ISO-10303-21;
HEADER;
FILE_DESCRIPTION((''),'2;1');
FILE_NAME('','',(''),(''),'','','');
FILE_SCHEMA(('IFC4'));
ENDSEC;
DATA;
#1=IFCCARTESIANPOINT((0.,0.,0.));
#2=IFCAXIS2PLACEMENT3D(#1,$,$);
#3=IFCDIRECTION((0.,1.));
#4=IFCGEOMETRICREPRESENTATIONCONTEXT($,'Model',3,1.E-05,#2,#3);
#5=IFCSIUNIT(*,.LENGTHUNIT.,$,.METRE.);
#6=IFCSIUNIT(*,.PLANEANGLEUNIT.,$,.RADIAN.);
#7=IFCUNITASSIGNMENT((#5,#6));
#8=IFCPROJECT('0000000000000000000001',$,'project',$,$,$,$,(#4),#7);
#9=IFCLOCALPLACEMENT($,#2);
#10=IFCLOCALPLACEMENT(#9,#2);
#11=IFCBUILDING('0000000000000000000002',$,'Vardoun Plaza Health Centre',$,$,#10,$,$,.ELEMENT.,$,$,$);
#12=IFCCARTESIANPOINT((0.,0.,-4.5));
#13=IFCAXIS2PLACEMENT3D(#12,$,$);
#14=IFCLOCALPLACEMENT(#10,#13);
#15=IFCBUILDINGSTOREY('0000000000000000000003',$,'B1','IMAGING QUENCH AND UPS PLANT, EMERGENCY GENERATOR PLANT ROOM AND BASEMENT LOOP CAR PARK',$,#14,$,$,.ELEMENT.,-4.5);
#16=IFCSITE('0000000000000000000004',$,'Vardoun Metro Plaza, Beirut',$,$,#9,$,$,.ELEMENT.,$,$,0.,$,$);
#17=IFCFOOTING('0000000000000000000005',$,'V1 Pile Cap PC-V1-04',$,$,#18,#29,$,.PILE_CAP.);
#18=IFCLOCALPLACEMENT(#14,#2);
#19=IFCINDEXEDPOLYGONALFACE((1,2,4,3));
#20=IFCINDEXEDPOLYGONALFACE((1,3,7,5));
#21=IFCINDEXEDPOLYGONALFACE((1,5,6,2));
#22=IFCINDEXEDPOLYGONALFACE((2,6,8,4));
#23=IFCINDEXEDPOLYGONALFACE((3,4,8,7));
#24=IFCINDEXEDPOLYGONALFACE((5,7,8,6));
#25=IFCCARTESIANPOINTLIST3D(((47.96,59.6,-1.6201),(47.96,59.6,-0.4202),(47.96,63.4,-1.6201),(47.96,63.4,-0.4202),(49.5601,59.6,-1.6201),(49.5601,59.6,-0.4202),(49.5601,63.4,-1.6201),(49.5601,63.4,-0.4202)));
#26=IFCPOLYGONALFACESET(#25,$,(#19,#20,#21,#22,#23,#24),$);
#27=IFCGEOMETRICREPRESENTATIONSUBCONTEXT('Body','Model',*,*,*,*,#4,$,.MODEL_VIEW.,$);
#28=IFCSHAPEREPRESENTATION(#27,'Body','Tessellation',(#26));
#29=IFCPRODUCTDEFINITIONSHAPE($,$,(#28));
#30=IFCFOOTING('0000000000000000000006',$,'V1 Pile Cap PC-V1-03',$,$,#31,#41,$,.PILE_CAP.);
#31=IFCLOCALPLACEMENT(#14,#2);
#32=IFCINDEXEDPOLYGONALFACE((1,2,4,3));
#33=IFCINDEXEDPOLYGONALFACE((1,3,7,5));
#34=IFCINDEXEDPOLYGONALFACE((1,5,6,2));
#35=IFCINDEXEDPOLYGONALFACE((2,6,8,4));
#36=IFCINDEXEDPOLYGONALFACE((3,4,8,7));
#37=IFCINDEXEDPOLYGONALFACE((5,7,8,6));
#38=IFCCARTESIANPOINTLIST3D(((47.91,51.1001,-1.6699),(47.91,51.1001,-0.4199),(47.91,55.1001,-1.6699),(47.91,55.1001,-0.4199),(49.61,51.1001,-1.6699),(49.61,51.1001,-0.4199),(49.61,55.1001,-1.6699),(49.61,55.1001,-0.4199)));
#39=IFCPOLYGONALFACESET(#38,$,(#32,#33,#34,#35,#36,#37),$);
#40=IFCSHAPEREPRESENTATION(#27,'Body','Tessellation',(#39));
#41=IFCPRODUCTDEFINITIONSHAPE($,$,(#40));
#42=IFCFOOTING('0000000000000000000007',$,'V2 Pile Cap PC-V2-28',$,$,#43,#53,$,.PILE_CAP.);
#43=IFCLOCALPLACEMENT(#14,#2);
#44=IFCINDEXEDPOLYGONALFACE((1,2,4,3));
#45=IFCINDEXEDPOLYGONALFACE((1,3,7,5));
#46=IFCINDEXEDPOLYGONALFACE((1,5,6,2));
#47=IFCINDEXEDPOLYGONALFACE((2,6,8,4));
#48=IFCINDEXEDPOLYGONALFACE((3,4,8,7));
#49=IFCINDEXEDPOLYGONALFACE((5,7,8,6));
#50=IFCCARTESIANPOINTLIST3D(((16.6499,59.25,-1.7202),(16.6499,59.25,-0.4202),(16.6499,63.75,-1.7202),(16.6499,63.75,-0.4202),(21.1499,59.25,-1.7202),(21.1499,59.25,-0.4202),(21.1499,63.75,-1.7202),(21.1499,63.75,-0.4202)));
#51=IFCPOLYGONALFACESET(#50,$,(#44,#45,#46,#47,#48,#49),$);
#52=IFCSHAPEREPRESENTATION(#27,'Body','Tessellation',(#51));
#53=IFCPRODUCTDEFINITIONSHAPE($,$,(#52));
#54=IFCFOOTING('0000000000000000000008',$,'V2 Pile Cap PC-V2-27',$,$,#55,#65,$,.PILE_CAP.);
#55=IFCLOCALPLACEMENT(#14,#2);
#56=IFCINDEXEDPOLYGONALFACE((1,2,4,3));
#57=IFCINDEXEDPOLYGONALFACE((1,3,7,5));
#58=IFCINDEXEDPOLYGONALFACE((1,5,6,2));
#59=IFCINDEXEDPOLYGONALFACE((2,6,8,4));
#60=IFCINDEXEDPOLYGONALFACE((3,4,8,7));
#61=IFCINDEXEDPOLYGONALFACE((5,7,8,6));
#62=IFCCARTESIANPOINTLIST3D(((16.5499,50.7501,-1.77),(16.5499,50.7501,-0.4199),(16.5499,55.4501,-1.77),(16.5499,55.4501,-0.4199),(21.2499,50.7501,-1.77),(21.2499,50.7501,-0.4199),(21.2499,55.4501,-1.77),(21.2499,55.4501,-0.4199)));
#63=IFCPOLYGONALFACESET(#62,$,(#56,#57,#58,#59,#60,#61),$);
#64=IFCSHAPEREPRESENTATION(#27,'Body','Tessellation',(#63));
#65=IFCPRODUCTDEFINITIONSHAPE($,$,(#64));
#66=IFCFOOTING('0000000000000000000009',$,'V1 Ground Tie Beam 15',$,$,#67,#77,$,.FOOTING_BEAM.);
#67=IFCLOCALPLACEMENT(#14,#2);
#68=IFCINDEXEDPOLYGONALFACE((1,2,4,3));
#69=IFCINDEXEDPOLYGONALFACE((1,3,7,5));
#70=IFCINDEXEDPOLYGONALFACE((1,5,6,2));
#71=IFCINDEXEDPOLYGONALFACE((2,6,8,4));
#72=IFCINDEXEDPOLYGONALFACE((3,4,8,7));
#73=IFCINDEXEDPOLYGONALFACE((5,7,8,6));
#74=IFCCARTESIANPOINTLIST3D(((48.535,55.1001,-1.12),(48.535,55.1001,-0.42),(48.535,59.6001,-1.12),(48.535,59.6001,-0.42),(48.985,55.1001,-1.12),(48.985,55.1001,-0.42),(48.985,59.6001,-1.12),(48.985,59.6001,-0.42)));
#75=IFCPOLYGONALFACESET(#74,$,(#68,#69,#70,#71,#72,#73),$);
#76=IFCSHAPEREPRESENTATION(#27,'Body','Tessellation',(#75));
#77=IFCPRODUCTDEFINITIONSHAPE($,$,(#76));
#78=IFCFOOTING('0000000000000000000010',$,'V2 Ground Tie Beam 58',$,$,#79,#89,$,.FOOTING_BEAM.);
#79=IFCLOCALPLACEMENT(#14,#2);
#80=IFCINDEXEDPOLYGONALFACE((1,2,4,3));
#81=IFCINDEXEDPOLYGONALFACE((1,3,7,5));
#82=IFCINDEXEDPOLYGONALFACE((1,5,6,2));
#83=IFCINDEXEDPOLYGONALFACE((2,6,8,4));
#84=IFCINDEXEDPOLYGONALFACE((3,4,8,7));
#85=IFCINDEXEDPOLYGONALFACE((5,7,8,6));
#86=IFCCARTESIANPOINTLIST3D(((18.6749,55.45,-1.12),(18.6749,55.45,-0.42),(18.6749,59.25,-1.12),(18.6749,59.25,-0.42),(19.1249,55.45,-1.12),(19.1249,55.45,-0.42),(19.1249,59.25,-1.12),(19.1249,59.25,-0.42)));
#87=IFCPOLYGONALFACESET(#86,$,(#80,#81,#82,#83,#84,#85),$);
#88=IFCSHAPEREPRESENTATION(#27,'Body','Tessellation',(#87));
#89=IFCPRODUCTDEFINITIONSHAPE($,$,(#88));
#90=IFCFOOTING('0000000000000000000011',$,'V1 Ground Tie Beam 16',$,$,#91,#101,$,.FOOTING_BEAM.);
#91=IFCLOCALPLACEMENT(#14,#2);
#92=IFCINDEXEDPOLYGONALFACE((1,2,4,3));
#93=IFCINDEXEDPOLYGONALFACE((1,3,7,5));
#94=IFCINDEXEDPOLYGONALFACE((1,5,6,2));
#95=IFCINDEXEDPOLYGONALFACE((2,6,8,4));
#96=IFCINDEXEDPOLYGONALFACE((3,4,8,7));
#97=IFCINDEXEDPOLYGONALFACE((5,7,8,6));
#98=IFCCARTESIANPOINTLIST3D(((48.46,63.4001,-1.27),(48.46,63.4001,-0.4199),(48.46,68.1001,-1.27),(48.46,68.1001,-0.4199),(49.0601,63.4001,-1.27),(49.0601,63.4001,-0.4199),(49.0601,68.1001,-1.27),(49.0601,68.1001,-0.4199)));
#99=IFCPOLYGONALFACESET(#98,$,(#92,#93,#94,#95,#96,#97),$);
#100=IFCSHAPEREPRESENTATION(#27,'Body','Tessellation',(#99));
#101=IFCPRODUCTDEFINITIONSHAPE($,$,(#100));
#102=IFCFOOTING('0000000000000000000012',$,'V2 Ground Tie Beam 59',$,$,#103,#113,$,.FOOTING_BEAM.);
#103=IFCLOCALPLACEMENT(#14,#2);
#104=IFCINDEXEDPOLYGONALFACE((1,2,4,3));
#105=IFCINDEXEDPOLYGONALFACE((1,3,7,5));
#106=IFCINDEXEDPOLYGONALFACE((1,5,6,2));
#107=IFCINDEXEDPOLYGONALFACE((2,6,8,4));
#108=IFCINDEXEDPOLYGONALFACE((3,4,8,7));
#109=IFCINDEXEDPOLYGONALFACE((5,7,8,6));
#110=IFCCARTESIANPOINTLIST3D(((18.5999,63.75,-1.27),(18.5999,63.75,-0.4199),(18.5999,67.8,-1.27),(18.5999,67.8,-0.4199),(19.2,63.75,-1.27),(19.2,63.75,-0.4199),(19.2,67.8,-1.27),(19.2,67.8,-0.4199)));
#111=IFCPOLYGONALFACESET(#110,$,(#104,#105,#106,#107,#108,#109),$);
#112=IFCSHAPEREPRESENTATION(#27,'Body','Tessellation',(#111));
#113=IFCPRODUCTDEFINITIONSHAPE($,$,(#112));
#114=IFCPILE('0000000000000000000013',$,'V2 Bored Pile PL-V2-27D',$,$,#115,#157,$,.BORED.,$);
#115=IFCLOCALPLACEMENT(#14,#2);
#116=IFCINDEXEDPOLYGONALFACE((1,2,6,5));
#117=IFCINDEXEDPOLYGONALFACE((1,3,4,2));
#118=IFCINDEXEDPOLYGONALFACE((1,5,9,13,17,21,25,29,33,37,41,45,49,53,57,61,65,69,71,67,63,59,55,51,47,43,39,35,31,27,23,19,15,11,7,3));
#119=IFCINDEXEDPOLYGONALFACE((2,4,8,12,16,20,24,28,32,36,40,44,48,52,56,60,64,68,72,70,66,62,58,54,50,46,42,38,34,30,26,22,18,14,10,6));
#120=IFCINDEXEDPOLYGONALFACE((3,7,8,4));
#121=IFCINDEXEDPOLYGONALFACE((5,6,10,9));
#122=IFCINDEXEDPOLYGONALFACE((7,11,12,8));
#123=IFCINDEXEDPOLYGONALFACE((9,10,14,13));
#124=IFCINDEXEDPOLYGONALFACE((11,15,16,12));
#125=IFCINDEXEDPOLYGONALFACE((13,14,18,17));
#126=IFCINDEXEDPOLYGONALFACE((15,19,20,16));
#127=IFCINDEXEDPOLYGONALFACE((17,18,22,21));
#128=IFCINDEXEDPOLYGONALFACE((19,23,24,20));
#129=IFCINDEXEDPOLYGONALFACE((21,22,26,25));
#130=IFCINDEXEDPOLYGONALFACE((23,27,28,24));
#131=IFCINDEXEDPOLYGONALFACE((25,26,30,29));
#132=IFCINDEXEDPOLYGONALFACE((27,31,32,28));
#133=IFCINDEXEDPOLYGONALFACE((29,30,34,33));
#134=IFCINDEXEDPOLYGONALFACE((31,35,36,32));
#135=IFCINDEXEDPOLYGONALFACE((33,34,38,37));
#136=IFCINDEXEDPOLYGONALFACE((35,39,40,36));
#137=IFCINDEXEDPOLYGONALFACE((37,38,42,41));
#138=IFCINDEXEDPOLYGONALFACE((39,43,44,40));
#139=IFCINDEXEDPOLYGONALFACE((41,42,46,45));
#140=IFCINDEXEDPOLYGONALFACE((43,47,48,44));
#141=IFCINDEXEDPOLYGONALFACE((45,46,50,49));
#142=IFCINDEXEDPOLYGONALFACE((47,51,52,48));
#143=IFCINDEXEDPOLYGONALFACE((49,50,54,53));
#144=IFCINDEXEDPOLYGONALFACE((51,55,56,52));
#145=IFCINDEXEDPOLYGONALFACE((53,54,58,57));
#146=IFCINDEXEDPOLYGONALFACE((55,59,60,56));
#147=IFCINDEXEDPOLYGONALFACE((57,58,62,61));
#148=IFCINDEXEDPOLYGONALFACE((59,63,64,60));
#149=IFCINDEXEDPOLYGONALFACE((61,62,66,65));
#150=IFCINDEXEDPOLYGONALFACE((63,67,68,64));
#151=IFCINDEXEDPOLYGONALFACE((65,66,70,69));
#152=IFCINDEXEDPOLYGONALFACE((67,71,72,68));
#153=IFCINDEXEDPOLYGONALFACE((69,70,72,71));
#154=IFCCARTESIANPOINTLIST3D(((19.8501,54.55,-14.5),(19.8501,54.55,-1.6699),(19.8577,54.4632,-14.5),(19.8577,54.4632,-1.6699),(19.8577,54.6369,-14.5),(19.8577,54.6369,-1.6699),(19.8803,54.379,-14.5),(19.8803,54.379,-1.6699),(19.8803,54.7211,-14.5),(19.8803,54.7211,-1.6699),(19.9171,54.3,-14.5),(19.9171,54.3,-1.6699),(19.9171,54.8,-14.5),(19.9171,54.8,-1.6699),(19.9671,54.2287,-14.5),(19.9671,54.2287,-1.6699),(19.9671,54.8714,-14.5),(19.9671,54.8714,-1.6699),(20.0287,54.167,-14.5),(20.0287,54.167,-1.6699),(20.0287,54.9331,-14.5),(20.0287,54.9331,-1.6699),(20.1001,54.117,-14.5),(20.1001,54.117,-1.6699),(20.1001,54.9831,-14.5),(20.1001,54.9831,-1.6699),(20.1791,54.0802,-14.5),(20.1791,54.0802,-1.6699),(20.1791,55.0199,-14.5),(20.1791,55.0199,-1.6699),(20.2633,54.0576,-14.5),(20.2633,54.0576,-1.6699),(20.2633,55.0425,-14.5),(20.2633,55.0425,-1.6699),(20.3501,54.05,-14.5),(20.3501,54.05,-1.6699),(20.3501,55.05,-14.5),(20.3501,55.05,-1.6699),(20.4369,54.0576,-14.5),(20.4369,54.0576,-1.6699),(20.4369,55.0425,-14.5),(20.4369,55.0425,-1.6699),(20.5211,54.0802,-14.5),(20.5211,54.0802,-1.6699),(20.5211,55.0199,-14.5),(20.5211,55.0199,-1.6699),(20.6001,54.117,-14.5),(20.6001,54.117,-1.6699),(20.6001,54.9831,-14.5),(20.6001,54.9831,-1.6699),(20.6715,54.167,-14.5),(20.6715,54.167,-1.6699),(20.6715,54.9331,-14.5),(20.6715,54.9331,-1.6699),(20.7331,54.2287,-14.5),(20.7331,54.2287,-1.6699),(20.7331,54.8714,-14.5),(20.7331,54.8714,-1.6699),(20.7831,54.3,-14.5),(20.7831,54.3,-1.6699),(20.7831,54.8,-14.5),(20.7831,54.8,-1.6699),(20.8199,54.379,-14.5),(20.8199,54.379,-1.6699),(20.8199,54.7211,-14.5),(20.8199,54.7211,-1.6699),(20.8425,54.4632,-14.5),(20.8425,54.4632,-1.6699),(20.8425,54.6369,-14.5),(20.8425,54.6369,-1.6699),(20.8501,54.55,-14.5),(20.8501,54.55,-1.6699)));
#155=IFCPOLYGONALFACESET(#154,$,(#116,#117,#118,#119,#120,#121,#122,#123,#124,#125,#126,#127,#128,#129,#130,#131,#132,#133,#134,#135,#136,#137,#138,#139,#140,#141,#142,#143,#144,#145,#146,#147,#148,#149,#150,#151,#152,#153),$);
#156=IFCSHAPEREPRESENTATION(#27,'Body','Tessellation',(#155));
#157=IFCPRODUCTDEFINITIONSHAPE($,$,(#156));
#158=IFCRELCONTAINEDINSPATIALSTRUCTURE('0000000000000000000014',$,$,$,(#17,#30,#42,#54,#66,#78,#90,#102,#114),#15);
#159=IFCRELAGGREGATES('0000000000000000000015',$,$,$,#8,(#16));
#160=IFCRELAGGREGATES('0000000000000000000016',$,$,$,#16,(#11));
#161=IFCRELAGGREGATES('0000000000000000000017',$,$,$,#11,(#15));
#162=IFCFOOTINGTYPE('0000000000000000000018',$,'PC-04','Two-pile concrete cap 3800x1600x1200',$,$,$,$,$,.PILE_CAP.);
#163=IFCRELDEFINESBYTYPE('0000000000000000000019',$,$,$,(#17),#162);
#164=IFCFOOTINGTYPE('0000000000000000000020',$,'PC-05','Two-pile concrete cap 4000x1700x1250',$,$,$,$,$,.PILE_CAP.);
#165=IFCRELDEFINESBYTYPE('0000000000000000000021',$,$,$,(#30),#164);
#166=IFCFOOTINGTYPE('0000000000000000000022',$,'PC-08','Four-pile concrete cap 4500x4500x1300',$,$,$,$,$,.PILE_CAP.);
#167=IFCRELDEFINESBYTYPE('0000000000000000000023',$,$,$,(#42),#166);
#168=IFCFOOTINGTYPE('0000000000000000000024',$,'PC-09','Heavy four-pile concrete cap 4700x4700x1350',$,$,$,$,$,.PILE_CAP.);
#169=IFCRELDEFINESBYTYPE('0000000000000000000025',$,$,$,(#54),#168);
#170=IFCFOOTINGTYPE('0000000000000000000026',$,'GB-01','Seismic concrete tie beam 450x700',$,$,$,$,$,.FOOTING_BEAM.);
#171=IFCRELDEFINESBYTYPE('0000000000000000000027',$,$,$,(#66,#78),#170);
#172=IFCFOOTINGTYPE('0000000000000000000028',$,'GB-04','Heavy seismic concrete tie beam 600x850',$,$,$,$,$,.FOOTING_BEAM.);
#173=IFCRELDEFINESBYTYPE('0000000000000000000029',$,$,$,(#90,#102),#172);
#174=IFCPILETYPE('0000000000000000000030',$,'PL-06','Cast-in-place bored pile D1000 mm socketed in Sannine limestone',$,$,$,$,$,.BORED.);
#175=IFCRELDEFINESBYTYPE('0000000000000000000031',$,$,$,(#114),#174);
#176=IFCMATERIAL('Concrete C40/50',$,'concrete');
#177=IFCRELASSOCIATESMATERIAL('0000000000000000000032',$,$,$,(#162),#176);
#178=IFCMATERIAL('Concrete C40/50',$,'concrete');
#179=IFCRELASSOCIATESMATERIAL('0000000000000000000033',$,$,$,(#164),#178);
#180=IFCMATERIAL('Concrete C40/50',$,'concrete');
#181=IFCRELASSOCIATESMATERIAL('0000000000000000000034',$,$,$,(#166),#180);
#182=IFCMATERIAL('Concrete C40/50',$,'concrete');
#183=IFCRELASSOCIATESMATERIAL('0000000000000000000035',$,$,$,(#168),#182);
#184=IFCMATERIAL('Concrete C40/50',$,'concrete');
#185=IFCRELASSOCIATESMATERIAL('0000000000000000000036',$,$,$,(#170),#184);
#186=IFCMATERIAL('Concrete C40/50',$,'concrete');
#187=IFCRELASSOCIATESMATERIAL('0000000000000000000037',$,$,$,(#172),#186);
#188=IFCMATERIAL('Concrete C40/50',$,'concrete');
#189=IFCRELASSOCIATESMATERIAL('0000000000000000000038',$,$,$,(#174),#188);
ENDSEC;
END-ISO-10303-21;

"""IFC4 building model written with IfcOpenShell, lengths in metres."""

from ifc_helpers import new_model, si_unit, direction, frame, origin, origin_2d, place, context, subcontext, project, spatial, rectangle, circle, extrude, material, material_profile, profile_set, type_object, element, save


model = new_model("IFC4")

# Units and contexts
model_context = context("Model", 3, precision=1e-05, world=origin(), true_north=direction((0.0, 1.0)))
body_context = subcontext(model_context, "Body", "Model", "MODEL_VIEW")
ifc_project = project(units=[si_unit("LENGTHUNIT", "METRE"), si_unit("PLANEANGLEUNIT", "RADIAN")], contexts=[model_context])

# Site, building, storey
site_placement = place(None, origin())
site = spatial("IfcSite", under=ifc_project, at=site_placement, Name="Vardoun Metro Plaza, Beirut", CompositionType="ELEMENT", RefElevation=0.0)
building_placement = place(site_placement, origin())
building = spatial("IfcBuilding", under=site, at=building_placement, Name="Vardoun Plaza Health Centre", CompositionType="ELEMENT")
storey_placement = place(building_placement, frame((0.0, 0.0, -4.5)))
storey = spatial("IfcBuildingStorey", under=building, at=storey_placement, Name="B1", Description="IMAGING QUENCH AND UPS PLANT, EMERGENCY GENERATOR PLANT ROOM AND BASEMENT LOOP CAR PARK", CompositionType="ELEMENT", Elevation=-4.5)

# Footings
ifc_material_1 = material(Name="Concrete C40/50", Category="concrete")
footing_type_1 = type_object("IfcFootingType", Name="PC-04", Description="Two-pile concrete cap 3800x1600x1200", PredefinedType="PILE_CAP", material=ifc_material_1)
footing_1_placement = place(storey_placement, frame((48.76, 61.5, -1.6201), z_axis=(0.0, 0.0, 1.0), x_axis=(0.0, 1.0, 0.0)))
element("IfcFooting", 1, at=footing_1_placement, inside=storey, type_object=footing_type_1, Name="V1 Pile Cap PC-V1-04", PredefinedType="PILE_CAP", context=body_context, shape_type="SweptSolid", body=[
    extrude(rectangle(XDim=3.8, YDim=1.6001, at=origin_2d()), origin(), (0.0, 0.0, 1.0), 1.2),
])
ifc_material_2 = material(Name="Concrete C40/50", Category="concrete")
footing_type_2 = type_object("IfcFootingType", Name="PC-05", Description="Two-pile concrete cap 4000x1700x1250", PredefinedType="PILE_CAP", material=ifc_material_2)
footing_2_placement = place(storey_placement, frame((48.76, 53.1001, -1.6699), z_axis=(0.0, 0.0, 1.0), x_axis=(0.0, 1.0, 0.0)))
element("IfcFooting", 2, at=footing_2_placement, inside=storey, type_object=footing_type_2, Name="V1 Pile Cap PC-V1-03", PredefinedType="PILE_CAP", context=body_context, shape_type="SweptSolid", body=[
    extrude(rectangle(XDim=4.0, YDim=1.7, at=origin_2d()), origin(), (0.0, 0.0, 1.0), 1.25),
])
ifc_material_3 = material(Name="Concrete C40/50", Category="concrete")
footing_type_3 = type_object("IfcFootingType", Name="PC-08", Description="Four-pile concrete cap 4500x4500x1300", PredefinedType="PILE_CAP", material=ifc_material_3)
footing_3_placement = place(storey_placement, frame((18.8999, 61.5, -1.7202), z_axis=(0.0, 0.0, 1.0), x_axis=(1.0, 0.0, 0.0)))
element("IfcFooting", 3, at=footing_3_placement, inside=storey, type_object=footing_type_3, Name="V2 Pile Cap PC-V2-28", PredefinedType="PILE_CAP", context=body_context, shape_type="SweptSolid", body=[
    extrude(rectangle(XDim=4.5, YDim=4.5, at=origin_2d()), origin(), (0.0, 0.0, 1.0), 1.3),
])
ifc_material_4 = material(Name="Concrete C40/50", Category="concrete")
footing_type_4 = type_object("IfcFootingType", Name="PC-09", Description="Heavy four-pile concrete cap 4700x4700x1350", PredefinedType="PILE_CAP", material=ifc_material_4)
footing_4_placement = place(storey_placement, frame((18.8999, 53.1001, -1.77), z_axis=(0.0, 0.0, 1.0), x_axis=(1.0, 0.0, 0.0)))
element("IfcFooting", 4, at=footing_4_placement, inside=storey, type_object=footing_type_4, Name="V2 Pile Cap PC-V2-27", PredefinedType="PILE_CAP", context=body_context, shape_type="SweptSolid", body=[
    extrude(rectangle(XDim=4.7, YDim=4.7, at=origin_2d()), origin(), (0.0, 0.0, 1.0), 1.3501),
])
ifc_material_5 = material(Name="Concrete C40/50", Category="concrete")
ifc_material_profile_1 = material_profile(ifc_material_5, rectangle(XDim=0.45, YDim=0.7, at=origin_2d()), Name="GB 450x700")
ifc_profile_set_1 = profile_set([ifc_material_profile_1], Name="Concrete C40/50")
footing_type_5 = type_object("IfcFootingType", Name="GB-01", Description="Seismic concrete tie beam 450x700", PredefinedType="FOOTING_BEAM", material=ifc_profile_set_1)
footing_5_placement = place(storey_placement, frame((48.76, 55.1001, -0.77), z_axis=(0.0, 1.0, 0.0), x_axis=(-1.0, 0.0, 0.0)))
element("IfcFooting", 5, at=footing_5_placement, inside=storey, type_object=footing_type_5, Name="V1 Ground Tie Beam 15", PredefinedType="FOOTING_BEAM", context=body_context, shape_type="SweptSolid", body=[
    extrude(rectangle(XDim=0.45, YDim=0.7, at=origin_2d()), origin(), (0.0, 0.0, 1.0), 4.5),
])
footing_6_placement = place(storey_placement, frame((18.8999, 55.45, -0.77), z_axis=(0.0, 1.0, 0.0), x_axis=(-1.0, 0.0, 0.0)))
element("IfcFooting", 6, at=footing_6_placement, inside=storey, type_object=footing_type_5, Name="V2 Ground Tie Beam 58", PredefinedType="FOOTING_BEAM", context=body_context, shape_type="SweptSolid", body=[
    extrude(rectangle(XDim=0.45, YDim=0.7, at=origin_2d()), origin(), (0.0, 0.0, 1.0), 3.8),
])
ifc_material_6 = material(Name="Concrete C40/50", Category="concrete")
ifc_material_profile_2 = material_profile(ifc_material_6, rectangle(XDim=0.6001, YDim=0.8501, at=origin_2d()), Name="GB 600x850")
ifc_profile_set_2 = profile_set([ifc_material_profile_2], Name="Concrete C40/50")
footing_type_6 = type_object("IfcFootingType", Name="GB-04", Description="Heavy seismic concrete tie beam 600x850", PredefinedType="FOOTING_BEAM", material=ifc_profile_set_2)
footing_7_placement = place(storey_placement, frame((48.76, 63.4001, -0.845), z_axis=(0.0, 1.0, 0.0), x_axis=(-1.0, 0.0, 0.0)))
element("IfcFooting", 7, at=footing_7_placement, inside=storey, type_object=footing_type_6, Name="V1 Ground Tie Beam 16", PredefinedType="FOOTING_BEAM", context=body_context, shape_type="SweptSolid", body=[
    extrude(rectangle(XDim=0.6001, YDim=0.8501, at=origin_2d()), origin(), (0.0, 0.0, 1.0), 4.7),
])
footing_8_placement = place(storey_placement, frame((18.8999, 63.75, -0.845), z_axis=(0.0, 1.0, 0.0), x_axis=(-1.0, 0.0, 0.0)))
element("IfcFooting", 8, at=footing_8_placement, inside=storey, type_object=footing_type_6, Name="V2 Ground Tie Beam 59", PredefinedType="FOOTING_BEAM", context=body_context, shape_type="SweptSolid", body=[
    extrude(rectangle(XDim=0.6001, YDim=0.8501, at=origin_2d()), origin(), (0.0, 0.0, 1.0), 4.05),
])

# Pile
ifc_material_7 = material(Name="Concrete C40/50", Category="concrete")
ifc_material_profile_3 = material_profile(ifc_material_7, circle(Radius=0.5, at=origin_2d()), Name="PILE D1000")
ifc_profile_set_3 = profile_set([ifc_material_profile_3], Name="Concrete C40/50")
pile_type_1 = type_object("IfcPileType", Name="PL-06", Description="Cast-in-place bored pile D1000 mm socketed in Sannine limestone", PredefinedType="BORED", material=ifc_profile_set_3)
pile_placement = place(storey_placement, frame((20.3501, 54.55, -1.6699), z_axis=(0.0, 0.0, -1.0), x_axis=(1.0, 0.0, 0.0)))
element("IfcPile", 9, at=pile_placement, inside=storey, type_object=pile_type_1, Name="V2 Bored Pile PL-V2-27D", PredefinedType="BORED", context=body_context, shape_type="SweptSolid", body=[
    extrude(circle(Radius=0.5, at=origin_2d()), origin(), (0.0, 0.0, 1.0), 12.8301),
])

save(model, "model.ifc")
